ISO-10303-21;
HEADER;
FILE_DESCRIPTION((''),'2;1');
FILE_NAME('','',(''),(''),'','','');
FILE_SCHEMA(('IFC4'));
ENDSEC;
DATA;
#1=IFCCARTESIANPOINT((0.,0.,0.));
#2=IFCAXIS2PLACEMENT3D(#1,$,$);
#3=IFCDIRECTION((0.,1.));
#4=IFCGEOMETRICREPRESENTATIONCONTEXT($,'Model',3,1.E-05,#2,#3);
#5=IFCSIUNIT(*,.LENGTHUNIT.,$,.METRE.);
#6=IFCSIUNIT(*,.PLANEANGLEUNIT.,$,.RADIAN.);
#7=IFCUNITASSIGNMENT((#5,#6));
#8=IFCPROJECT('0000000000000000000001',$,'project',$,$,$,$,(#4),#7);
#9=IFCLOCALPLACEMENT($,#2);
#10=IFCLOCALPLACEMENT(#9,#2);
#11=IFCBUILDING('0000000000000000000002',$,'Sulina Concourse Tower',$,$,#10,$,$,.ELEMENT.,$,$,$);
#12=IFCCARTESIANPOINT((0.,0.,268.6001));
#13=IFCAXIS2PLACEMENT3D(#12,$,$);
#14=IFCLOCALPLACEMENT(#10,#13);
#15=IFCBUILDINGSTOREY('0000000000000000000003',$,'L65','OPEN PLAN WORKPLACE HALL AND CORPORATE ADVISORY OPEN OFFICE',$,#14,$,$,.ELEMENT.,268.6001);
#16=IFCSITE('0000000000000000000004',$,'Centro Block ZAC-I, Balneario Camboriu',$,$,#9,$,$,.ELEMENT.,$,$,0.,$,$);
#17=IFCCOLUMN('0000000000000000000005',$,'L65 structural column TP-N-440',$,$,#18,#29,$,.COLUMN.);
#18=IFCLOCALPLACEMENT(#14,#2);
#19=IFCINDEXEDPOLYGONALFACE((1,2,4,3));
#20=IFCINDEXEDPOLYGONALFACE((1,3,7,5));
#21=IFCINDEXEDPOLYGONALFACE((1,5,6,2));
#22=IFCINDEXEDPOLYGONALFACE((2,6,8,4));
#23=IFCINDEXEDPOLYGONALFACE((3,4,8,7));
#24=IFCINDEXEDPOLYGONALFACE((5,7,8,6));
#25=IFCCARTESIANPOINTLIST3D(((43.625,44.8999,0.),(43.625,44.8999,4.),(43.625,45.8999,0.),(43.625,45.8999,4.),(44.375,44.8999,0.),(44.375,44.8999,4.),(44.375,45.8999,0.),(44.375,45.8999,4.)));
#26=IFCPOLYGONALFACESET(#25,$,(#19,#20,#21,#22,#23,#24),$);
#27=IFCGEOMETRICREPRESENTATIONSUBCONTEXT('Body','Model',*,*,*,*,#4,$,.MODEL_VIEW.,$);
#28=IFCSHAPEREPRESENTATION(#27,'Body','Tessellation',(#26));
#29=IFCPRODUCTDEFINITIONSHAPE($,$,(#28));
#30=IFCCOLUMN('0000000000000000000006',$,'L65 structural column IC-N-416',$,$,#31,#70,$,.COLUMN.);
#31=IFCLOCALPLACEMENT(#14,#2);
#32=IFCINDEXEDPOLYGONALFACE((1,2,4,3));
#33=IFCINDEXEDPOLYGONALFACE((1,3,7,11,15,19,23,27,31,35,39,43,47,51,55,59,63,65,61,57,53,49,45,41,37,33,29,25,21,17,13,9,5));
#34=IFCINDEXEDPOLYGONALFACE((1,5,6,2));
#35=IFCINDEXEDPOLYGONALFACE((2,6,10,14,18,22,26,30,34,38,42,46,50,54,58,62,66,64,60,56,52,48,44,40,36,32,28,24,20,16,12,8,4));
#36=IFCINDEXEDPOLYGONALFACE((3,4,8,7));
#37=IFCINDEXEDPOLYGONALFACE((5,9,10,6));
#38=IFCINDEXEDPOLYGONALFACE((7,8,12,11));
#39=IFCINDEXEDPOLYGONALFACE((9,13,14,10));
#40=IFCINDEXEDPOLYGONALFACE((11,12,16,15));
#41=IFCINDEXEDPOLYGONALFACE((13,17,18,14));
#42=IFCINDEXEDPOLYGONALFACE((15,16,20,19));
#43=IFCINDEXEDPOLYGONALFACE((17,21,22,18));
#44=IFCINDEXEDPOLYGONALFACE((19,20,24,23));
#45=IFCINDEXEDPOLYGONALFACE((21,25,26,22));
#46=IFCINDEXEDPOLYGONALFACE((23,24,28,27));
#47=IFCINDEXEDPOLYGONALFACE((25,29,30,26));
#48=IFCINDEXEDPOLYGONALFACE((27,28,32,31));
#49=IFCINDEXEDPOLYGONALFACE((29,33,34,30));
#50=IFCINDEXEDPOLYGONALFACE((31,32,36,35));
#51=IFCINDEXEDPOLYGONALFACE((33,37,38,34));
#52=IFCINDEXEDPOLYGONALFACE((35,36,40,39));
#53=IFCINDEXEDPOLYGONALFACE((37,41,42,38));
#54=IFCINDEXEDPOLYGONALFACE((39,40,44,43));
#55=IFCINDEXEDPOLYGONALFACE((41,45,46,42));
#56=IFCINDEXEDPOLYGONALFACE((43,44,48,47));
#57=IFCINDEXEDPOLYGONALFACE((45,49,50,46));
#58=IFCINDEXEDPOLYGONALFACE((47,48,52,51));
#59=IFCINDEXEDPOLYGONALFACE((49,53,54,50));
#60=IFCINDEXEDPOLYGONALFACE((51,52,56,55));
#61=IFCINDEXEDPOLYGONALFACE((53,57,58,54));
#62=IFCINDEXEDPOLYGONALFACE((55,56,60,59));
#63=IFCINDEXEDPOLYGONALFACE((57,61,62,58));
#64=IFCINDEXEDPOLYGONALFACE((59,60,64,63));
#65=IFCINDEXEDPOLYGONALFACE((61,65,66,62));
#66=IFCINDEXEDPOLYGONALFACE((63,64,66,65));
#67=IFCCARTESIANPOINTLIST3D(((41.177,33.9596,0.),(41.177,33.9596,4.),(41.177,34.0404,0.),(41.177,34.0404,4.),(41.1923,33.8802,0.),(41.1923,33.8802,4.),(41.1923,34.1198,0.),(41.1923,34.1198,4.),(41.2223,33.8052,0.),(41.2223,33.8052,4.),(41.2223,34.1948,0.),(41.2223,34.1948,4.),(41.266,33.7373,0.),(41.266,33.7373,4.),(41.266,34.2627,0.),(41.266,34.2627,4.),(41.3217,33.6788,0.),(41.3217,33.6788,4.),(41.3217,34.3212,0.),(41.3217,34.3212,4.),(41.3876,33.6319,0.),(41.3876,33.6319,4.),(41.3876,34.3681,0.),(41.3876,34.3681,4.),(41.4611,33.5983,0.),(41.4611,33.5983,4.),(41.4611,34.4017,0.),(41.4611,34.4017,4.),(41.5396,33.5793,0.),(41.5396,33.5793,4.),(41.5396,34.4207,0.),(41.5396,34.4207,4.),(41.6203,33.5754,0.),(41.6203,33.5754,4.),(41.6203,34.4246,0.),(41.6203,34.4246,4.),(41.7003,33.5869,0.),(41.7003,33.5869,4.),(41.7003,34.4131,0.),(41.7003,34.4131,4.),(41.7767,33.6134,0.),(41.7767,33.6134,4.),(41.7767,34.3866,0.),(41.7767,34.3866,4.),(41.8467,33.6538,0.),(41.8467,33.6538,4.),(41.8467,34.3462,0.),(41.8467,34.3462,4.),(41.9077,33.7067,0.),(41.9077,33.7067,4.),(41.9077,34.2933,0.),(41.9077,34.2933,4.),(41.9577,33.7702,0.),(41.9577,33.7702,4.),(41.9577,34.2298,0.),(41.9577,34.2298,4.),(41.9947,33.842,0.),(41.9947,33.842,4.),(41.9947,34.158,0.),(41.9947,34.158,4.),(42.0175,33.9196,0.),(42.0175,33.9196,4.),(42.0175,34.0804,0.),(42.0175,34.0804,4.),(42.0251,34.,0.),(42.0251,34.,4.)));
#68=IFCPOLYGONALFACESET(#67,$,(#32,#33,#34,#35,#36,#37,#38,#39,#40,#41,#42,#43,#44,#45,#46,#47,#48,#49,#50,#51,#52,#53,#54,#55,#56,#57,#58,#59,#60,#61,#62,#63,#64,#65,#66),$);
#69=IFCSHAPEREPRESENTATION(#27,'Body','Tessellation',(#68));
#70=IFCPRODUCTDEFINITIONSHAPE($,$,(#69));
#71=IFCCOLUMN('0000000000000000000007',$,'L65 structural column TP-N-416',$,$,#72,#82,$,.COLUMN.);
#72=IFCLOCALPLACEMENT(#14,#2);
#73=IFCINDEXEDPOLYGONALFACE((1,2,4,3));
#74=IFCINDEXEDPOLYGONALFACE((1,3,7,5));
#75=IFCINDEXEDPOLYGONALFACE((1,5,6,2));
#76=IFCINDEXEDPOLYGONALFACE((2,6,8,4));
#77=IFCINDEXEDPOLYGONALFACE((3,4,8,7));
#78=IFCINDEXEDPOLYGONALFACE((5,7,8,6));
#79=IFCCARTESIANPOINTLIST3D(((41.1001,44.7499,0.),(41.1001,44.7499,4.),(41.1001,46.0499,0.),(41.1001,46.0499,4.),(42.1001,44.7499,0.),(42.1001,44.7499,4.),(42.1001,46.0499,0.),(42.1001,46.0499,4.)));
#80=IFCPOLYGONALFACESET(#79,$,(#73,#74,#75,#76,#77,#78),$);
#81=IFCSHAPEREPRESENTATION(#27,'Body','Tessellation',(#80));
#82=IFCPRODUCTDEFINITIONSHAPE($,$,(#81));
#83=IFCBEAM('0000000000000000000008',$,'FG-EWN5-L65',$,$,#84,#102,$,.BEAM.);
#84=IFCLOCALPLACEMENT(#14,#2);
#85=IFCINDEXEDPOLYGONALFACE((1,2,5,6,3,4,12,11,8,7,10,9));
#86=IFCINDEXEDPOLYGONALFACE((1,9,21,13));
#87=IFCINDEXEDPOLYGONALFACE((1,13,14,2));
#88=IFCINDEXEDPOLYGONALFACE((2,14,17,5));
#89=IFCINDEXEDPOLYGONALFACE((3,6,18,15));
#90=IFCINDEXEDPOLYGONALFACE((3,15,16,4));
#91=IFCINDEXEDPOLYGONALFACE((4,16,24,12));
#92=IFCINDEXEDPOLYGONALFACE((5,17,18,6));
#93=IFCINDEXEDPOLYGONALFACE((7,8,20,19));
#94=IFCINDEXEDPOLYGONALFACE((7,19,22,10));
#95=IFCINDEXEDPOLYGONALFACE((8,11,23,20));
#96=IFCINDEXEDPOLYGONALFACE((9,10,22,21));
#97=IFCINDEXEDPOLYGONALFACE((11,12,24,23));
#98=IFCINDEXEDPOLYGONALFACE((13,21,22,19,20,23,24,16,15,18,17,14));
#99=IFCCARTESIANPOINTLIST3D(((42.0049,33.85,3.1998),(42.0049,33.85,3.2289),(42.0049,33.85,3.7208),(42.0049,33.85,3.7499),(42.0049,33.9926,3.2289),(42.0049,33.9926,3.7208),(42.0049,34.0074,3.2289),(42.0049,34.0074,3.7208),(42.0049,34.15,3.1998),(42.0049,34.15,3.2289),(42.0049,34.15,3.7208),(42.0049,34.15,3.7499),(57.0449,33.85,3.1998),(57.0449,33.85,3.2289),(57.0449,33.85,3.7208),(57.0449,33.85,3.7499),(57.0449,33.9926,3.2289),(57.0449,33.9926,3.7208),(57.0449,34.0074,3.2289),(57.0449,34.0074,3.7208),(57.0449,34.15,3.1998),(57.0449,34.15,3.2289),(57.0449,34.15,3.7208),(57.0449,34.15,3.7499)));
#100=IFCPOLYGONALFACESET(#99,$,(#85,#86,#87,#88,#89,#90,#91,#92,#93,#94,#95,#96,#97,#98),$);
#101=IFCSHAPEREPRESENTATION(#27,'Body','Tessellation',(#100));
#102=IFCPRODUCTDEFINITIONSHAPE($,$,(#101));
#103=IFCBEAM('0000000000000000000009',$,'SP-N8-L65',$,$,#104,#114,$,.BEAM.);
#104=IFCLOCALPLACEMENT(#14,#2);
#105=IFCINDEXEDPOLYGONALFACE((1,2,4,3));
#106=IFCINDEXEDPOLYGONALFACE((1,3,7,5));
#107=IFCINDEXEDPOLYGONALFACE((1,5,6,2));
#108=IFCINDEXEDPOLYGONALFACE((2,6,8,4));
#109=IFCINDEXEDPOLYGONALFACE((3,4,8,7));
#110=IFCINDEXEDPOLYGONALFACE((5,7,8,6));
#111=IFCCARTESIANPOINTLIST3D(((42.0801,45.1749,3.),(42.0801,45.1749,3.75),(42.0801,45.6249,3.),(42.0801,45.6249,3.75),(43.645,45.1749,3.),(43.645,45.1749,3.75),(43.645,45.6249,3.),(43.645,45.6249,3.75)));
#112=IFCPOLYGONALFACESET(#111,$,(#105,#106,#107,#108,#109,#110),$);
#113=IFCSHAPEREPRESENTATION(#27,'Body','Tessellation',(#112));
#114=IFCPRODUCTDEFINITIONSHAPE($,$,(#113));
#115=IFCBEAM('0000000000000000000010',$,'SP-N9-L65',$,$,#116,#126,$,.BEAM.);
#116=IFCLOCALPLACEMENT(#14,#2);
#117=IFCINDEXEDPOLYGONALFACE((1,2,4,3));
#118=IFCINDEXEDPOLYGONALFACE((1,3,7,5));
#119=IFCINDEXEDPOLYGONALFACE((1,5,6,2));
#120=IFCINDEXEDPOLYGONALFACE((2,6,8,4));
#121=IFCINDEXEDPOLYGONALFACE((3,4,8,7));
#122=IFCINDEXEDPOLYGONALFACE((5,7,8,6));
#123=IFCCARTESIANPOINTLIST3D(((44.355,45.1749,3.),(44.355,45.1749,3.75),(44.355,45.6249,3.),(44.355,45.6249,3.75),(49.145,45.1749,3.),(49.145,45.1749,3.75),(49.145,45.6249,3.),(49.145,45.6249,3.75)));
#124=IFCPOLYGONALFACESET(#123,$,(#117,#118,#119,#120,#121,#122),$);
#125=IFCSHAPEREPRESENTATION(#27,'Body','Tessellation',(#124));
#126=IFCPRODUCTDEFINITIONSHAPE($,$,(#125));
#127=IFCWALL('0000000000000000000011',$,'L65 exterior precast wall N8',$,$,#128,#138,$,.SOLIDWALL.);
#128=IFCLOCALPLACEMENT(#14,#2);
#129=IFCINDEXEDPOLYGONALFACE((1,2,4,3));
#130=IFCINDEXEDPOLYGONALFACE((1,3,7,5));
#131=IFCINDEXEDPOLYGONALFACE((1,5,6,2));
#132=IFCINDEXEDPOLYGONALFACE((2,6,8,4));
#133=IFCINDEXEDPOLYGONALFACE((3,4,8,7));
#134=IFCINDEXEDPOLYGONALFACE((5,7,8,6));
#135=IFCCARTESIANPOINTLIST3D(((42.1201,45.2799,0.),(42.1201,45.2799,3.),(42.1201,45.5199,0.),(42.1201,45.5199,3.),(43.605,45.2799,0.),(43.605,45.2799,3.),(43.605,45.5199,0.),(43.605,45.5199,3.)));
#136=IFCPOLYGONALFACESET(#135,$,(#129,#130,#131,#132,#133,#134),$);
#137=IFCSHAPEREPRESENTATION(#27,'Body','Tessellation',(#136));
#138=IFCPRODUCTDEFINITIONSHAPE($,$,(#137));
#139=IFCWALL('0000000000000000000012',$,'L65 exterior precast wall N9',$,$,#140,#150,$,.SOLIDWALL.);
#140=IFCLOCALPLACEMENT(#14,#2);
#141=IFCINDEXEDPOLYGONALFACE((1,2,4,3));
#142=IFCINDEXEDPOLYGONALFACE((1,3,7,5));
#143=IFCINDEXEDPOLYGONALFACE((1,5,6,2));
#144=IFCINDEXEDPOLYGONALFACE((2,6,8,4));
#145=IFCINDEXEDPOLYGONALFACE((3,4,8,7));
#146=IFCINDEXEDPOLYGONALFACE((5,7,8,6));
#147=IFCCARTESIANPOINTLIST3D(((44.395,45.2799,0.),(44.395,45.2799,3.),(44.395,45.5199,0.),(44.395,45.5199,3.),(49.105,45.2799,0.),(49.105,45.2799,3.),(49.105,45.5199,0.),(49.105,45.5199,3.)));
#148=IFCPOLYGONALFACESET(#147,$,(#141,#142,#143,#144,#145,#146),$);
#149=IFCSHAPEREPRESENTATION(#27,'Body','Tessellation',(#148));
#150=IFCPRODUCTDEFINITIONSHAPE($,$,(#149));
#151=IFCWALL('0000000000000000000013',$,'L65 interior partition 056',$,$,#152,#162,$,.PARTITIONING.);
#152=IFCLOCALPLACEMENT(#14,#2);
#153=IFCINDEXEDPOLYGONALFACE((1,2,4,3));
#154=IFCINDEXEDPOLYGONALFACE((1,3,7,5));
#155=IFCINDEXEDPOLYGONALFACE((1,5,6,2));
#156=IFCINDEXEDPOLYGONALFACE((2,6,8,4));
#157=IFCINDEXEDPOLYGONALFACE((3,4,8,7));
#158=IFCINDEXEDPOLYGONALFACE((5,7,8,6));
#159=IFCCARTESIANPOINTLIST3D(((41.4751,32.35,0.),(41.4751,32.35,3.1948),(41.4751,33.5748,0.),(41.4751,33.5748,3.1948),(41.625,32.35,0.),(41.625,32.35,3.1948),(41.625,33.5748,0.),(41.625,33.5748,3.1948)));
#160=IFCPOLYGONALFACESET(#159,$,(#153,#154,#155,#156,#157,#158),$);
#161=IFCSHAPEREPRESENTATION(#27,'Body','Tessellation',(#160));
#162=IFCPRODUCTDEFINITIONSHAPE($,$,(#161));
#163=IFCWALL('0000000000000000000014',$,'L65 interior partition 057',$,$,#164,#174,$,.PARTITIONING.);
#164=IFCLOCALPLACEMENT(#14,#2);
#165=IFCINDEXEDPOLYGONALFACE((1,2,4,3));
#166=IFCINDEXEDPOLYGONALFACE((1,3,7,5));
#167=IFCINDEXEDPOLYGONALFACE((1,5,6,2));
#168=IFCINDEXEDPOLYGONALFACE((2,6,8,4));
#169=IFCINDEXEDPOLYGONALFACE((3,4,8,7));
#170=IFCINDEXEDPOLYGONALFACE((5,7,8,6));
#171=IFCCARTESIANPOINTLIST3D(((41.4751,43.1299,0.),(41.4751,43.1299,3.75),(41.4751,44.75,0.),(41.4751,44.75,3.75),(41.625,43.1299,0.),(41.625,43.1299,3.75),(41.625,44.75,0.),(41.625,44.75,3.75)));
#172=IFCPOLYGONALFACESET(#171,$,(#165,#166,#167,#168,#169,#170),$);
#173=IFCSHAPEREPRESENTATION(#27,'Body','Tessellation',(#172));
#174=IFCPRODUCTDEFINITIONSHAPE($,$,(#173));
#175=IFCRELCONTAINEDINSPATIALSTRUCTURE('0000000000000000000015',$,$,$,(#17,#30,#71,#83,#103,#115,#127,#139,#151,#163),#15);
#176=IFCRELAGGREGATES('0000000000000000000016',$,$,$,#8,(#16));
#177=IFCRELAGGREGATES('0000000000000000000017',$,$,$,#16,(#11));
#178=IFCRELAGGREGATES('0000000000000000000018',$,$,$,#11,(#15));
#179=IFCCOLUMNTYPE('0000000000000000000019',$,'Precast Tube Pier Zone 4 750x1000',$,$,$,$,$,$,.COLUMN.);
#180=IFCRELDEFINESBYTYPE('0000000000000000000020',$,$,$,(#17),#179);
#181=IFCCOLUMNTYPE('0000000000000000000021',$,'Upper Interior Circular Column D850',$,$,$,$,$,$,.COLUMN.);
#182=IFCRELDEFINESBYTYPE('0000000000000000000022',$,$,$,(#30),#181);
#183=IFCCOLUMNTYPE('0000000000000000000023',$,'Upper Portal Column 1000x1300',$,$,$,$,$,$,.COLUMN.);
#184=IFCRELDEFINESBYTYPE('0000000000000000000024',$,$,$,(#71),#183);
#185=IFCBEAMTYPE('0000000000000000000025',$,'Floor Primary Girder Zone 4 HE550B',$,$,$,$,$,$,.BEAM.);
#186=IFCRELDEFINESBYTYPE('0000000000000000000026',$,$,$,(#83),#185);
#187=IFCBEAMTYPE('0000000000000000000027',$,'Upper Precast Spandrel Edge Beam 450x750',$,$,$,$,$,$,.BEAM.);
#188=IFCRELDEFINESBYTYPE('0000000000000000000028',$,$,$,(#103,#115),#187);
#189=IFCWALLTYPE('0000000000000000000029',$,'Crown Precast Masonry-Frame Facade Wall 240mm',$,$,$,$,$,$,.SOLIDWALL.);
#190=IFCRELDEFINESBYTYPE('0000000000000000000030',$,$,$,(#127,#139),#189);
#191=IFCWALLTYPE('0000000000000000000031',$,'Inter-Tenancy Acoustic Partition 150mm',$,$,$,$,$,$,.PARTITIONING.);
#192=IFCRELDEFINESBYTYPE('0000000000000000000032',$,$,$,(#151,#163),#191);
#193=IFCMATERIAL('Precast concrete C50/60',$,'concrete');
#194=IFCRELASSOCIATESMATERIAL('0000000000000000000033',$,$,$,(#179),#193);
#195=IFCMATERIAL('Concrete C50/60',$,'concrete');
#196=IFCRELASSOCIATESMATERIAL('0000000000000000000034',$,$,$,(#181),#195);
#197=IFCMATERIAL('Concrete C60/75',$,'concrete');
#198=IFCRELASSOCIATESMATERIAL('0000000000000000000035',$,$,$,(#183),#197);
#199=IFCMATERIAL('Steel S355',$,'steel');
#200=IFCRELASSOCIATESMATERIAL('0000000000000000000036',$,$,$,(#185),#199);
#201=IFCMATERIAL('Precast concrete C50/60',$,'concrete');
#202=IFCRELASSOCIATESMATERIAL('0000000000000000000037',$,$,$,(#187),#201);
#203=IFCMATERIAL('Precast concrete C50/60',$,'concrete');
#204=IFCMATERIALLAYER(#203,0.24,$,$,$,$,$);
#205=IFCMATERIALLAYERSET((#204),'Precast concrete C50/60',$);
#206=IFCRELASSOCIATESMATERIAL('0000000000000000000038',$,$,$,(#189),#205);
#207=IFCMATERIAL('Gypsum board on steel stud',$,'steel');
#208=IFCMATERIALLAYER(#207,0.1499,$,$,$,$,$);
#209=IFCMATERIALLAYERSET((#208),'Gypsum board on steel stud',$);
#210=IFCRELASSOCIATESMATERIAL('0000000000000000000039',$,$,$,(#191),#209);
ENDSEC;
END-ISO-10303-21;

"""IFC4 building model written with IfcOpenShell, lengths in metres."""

from ifc_helpers import new_model, si_unit, direction, frame, frame_2d, origin, origin_2d, place, context, subcontext, project, spatial, rectangle, circle, i_section, extrude, material, layer, layer_set, material_profile, profile_set, type_object, element, save


model = new_model("IFC4")

# Units and contexts
model_context = context("Model", 3, precision=1e-05, world=origin(), true_north=direction((0.0, 1.0)))
body_context = subcontext(model_context, "Body", "Model", "MODEL_VIEW")
ifc_project = project(units=[si_unit("LENGTHUNIT", "METRE"), si_unit("PLANEANGLEUNIT", "RADIAN")], contexts=[model_context])

# Site, building, storey
site_placement = place(None, origin())
site = spatial("IfcSite", under=ifc_project, at=site_placement, Name="Centro Block ZAC-I, Balneario Camboriu", CompositionType="ELEMENT", RefElevation=0.0)
building_placement = place(site_placement, origin())
building = spatial("IfcBuilding", under=site, at=building_placement, Name="Sulina Concourse Tower", CompositionType="ELEMENT")
storey_placement = place(building_placement, frame((0.0, 0.0, 268.6001)))
storey = spatial("IfcBuildingStorey", under=building, at=storey_placement, Name="L65", Description="OPEN PLAN WORKPLACE HALL AND CORPORATE ADVISORY OPEN OFFICE", CompositionType="ELEMENT", Elevation=268.6001)

# Columns
ifc_material_1 = material(Name="Precast concrete C50/60", Category="concrete")
ifc_material_profile_1 = material_profile(ifc_material_1, rectangle(XDim=0.75, YDim=1.0, at=origin_2d()), Name="PC 750x1000")
ifc_profile_set_1 = profile_set([ifc_material_profile_1], Name="Precast concrete C50/60")
column_type_1 = type_object("IfcColumnType", Name="Precast Tube Pier Zone 4 750x1000", PredefinedType="COLUMN", material=ifc_profile_set_1)
column_1_placement = place(storey_placement, frame((44.0, 45.3999, 0.0), z_axis=(0.0, 0.0, 1.0), x_axis=(1.0, 0.0, 0.0)))
element("IfcColumn", 1, at=column_1_placement, inside=storey, type_object=column_type_1, Name="L65 structural column TP-N-440", PredefinedType="COLUMN", context=body_context, shape_type="SweptSolid", body=[
    extrude(rectangle(XDim=0.75, YDim=1.0, at=origin_2d()), origin(), (0.0, 0.0, 1.0), 4.0),
])
ifc_material_2 = material(Name="Concrete C50/60", Category="concrete")
ifc_material_profile_2 = material_profile(ifc_material_2, circle(Radius=0.425, at=origin_2d()), Name="RC D850")
ifc_profile_set_2 = profile_set([ifc_material_profile_2], Name="Concrete C50/60")
column_type_2 = type_object("IfcColumnType", Name="Upper Interior Circular Column D850", PredefinedType="COLUMN", material=ifc_profile_set_2)
column_2_placement = place(storey_placement, frame((41.6001, 34.0, 0.0), z_axis=(0.0, 0.0, 1.0), x_axis=(1.0, 0.0, 0.0)))
element("IfcColumn", 2, at=column_2_placement, inside=storey, type_object=column_type_2, Name="L65 structural column IC-N-416", PredefinedType="COLUMN", context=body_context, shape_type="SweptSolid", body=[
    extrude(circle(Radius=0.425, at=origin_2d()), origin(), (0.0, 0.0, 1.0), 4.0),
])
ifc_material_3 = material(Name="Concrete C60/75", Category="concrete")
ifc_material_profile_3 = material_profile(ifc_material_3, rectangle(XDim=1.0, YDim=1.3, at=origin_2d()), Name="RC 1000x1300")
ifc_profile_set_3 = profile_set([ifc_material_profile_3], Name="Concrete C60/75")
column_type_3 = type_object("IfcColumnType", Name="Upper Portal Column 1000x1300", PredefinedType="COLUMN", material=ifc_profile_set_3)
column_3_placement = place(storey_placement, frame((41.6001, 45.3999, 0.0), z_axis=(0.0, 0.0, 1.0), x_axis=(1.0, 0.0, 0.0)))
element("IfcColumn", 3, at=column_3_placement, inside=storey, type_object=column_type_3, Name="L65 structural column TP-N-416", PredefinedType="COLUMN", context=body_context, shape_type="SweptSolid", body=[
    extrude(rectangle(XDim=1.0, YDim=1.3, at=origin_2d()), origin(), (0.0, 0.0, 1.0), 4.0),
])

# Beams
ifc_material_4 = material(Name="Steel S355", Category="steel")
ifc_material_profile_4 = material_profile(ifc_material_4, i_section(OverallWidth=0.3, OverallDepth=0.55, WebThickness=0.0149, FlangeThickness=0.0291, at=origin_2d()), Name="HE 550 B")
ifc_profile_set_4 = profile_set([ifc_material_profile_4], Name="Steel S355")
beam_type_1 = type_object("IfcBeamType", Name="Floor Primary Girder Zone 4 HE550B", PredefinedType="BEAM", material=ifc_profile_set_4)
beam_1_placement = place(storey_placement, frame((42.0049, 34.0, 3.4749), z_axis=(1.0, 0.0, 0.0), x_axis=(0.0, 1.0, 0.0)))
element("IfcBeam", 4, at=beam_1_placement, inside=storey, type_object=beam_type_1, Name="FG-EWN5-L65", PredefinedType="BEAM", context=body_context, shape_type="SweptSolid", body=[
    extrude(i_section(OverallWidth=0.3, OverallDepth=0.55, WebThickness=0.0149, FlangeThickness=0.0291, at=origin_2d()), origin(), (0.0, 0.0, 1.0), 15.04),
])
ifc_material_5 = material(Name="Precast concrete C50/60", Category="concrete")
ifc_material_profile_5 = material_profile(ifc_material_5, rectangle(XDim=0.45, YDim=0.75, at=origin_2d()), Name="RC 450x750")
ifc_profile_set_5 = profile_set([ifc_material_profile_5], Name="Precast concrete C50/60")
beam_type_2 = type_object("IfcBeamType", Name="Upper Precast Spandrel Edge Beam 450x750", PredefinedType="BEAM", material=ifc_profile_set_5)
beam_2_placement = place(storey_placement, frame((42.0801, 45.3999, 3.375), z_axis=(1.0, 0.0, 0.0), x_axis=(0.0, 1.0, 0.0)))
element("IfcBeam", 5, at=beam_2_placement, inside=storey, type_object=beam_type_2, Name="SP-N8-L65", PredefinedType="BEAM", context=body_context, shape_type="SweptSolid", body=[
    extrude(rectangle(XDim=0.45, YDim=0.75, at=origin_2d()), origin(), (0.0, 0.0, 1.0), 1.5649),
])
beam_3_placement = place(storey_placement, frame((44.355, 45.3999, 3.375), z_axis=(1.0, 0.0, 0.0), x_axis=(0.0, 1.0, 0.0)))
element("IfcBeam", 6, at=beam_3_placement, inside=storey, type_object=beam_type_2, Name="SP-N9-L65", PredefinedType="BEAM", context=body_context, shape_type="SweptSolid", body=[
    extrude(rectangle(XDim=0.45, YDim=0.75, at=origin_2d()), origin(), (0.0, 0.0, 1.0), 4.79),
])

# Walls
ifc_material_6 = material(Name="Precast concrete C50/60", Category="concrete")
ifc_layer_1 = layer(ifc_material_6, 0.24)
ifc_layer_set_1 = layer_set([ifc_layer_1], Name="Precast concrete C50/60")
wall_type_1 = type_object("IfcWallType", Name="Crown Precast Masonry-Frame Facade Wall 240mm", PredefinedType="SOLIDWALL", material=ifc_layer_set_1)
wall_1_placement = place(storey_placement, frame((42.1201, 45.3999, 0.0), z_axis=(0.0, 0.0, 1.0), x_axis=(1.0, 0.0, 0.0)))
element("IfcWall", 7, at=wall_1_placement, inside=storey, type_object=wall_type_1, Name="L65 exterior precast wall N8", PredefinedType="SOLIDWALL", context=body_context, shape_type="SweptSolid", body=[
    extrude(rectangle(XDim=1.4849, YDim=0.24, at=frame_2d((0.7424, 0.0))), origin(), (0.0, 0.0, 1.0), 3.0),
])
wall_2_placement = place(storey_placement, frame((44.395, 45.3999, 0.0), z_axis=(0.0, 0.0, 1.0), x_axis=(1.0, 0.0, 0.0)))
element("IfcWall", 8, at=wall_2_placement, inside=storey, type_object=wall_type_1, Name="L65 exterior precast wall N9", PredefinedType="SOLIDWALL", context=body_context, shape_type="SweptSolid", body=[
    extrude(rectangle(XDim=4.71, YDim=0.24, at=frame_2d((2.355, 0.0))), origin(), (0.0, 0.0, 1.0), 3.0),
])
ifc_material_7 = material(Name="Gypsum board on steel stud", Category="steel")
ifc_layer_2 = layer(ifc_material_7, 0.1499)
ifc_layer_set_2 = layer_set([ifc_layer_2], Name="Gypsum board on steel stud")
wall_type_2 = type_object("IfcWallType", Name="Inter-Tenancy Acoustic Partition 150mm", PredefinedType="PARTITIONING", material=ifc_layer_set_2)
wall_3_placement = place(storey_placement, frame((41.55, 32.3501, 0.0), z_axis=(0.0, 0.0, 1.0), x_axis=(0.0, 1.0, 0.0)))
element("IfcWall", 9, at=wall_3_placement, inside=storey, type_object=wall_type_2, Name="L65 interior partition 056", PredefinedType="PARTITIONING", context=body_context, shape_type="SweptSolid", body=[
    extrude(rectangle(XDim=1.2249, YDim=0.1499, at=frame_2d((0.6123, 0.0))), origin(), (0.0, 0.0, 1.0), 3.1948),
])
wall_4_placement = place(storey_placement, frame((41.55, 43.1299, 0.0), z_axis=(0.0, 0.0, 1.0), x_axis=(0.0, 1.0, 0.0)))
element("IfcWall", 10, at=wall_4_placement, inside=storey, type_object=wall_type_2, Name="L65 interior partition 057", PredefinedType="PARTITIONING", context=body_context, shape_type="SweptSolid", body=[
    extrude(rectangle(XDim=1.6201, YDim=0.1499, at=frame_2d((0.8101, 0.0))), origin(), (0.0, 0.0, 1.0), 3.75),
])

save(model, "model.ifc")
